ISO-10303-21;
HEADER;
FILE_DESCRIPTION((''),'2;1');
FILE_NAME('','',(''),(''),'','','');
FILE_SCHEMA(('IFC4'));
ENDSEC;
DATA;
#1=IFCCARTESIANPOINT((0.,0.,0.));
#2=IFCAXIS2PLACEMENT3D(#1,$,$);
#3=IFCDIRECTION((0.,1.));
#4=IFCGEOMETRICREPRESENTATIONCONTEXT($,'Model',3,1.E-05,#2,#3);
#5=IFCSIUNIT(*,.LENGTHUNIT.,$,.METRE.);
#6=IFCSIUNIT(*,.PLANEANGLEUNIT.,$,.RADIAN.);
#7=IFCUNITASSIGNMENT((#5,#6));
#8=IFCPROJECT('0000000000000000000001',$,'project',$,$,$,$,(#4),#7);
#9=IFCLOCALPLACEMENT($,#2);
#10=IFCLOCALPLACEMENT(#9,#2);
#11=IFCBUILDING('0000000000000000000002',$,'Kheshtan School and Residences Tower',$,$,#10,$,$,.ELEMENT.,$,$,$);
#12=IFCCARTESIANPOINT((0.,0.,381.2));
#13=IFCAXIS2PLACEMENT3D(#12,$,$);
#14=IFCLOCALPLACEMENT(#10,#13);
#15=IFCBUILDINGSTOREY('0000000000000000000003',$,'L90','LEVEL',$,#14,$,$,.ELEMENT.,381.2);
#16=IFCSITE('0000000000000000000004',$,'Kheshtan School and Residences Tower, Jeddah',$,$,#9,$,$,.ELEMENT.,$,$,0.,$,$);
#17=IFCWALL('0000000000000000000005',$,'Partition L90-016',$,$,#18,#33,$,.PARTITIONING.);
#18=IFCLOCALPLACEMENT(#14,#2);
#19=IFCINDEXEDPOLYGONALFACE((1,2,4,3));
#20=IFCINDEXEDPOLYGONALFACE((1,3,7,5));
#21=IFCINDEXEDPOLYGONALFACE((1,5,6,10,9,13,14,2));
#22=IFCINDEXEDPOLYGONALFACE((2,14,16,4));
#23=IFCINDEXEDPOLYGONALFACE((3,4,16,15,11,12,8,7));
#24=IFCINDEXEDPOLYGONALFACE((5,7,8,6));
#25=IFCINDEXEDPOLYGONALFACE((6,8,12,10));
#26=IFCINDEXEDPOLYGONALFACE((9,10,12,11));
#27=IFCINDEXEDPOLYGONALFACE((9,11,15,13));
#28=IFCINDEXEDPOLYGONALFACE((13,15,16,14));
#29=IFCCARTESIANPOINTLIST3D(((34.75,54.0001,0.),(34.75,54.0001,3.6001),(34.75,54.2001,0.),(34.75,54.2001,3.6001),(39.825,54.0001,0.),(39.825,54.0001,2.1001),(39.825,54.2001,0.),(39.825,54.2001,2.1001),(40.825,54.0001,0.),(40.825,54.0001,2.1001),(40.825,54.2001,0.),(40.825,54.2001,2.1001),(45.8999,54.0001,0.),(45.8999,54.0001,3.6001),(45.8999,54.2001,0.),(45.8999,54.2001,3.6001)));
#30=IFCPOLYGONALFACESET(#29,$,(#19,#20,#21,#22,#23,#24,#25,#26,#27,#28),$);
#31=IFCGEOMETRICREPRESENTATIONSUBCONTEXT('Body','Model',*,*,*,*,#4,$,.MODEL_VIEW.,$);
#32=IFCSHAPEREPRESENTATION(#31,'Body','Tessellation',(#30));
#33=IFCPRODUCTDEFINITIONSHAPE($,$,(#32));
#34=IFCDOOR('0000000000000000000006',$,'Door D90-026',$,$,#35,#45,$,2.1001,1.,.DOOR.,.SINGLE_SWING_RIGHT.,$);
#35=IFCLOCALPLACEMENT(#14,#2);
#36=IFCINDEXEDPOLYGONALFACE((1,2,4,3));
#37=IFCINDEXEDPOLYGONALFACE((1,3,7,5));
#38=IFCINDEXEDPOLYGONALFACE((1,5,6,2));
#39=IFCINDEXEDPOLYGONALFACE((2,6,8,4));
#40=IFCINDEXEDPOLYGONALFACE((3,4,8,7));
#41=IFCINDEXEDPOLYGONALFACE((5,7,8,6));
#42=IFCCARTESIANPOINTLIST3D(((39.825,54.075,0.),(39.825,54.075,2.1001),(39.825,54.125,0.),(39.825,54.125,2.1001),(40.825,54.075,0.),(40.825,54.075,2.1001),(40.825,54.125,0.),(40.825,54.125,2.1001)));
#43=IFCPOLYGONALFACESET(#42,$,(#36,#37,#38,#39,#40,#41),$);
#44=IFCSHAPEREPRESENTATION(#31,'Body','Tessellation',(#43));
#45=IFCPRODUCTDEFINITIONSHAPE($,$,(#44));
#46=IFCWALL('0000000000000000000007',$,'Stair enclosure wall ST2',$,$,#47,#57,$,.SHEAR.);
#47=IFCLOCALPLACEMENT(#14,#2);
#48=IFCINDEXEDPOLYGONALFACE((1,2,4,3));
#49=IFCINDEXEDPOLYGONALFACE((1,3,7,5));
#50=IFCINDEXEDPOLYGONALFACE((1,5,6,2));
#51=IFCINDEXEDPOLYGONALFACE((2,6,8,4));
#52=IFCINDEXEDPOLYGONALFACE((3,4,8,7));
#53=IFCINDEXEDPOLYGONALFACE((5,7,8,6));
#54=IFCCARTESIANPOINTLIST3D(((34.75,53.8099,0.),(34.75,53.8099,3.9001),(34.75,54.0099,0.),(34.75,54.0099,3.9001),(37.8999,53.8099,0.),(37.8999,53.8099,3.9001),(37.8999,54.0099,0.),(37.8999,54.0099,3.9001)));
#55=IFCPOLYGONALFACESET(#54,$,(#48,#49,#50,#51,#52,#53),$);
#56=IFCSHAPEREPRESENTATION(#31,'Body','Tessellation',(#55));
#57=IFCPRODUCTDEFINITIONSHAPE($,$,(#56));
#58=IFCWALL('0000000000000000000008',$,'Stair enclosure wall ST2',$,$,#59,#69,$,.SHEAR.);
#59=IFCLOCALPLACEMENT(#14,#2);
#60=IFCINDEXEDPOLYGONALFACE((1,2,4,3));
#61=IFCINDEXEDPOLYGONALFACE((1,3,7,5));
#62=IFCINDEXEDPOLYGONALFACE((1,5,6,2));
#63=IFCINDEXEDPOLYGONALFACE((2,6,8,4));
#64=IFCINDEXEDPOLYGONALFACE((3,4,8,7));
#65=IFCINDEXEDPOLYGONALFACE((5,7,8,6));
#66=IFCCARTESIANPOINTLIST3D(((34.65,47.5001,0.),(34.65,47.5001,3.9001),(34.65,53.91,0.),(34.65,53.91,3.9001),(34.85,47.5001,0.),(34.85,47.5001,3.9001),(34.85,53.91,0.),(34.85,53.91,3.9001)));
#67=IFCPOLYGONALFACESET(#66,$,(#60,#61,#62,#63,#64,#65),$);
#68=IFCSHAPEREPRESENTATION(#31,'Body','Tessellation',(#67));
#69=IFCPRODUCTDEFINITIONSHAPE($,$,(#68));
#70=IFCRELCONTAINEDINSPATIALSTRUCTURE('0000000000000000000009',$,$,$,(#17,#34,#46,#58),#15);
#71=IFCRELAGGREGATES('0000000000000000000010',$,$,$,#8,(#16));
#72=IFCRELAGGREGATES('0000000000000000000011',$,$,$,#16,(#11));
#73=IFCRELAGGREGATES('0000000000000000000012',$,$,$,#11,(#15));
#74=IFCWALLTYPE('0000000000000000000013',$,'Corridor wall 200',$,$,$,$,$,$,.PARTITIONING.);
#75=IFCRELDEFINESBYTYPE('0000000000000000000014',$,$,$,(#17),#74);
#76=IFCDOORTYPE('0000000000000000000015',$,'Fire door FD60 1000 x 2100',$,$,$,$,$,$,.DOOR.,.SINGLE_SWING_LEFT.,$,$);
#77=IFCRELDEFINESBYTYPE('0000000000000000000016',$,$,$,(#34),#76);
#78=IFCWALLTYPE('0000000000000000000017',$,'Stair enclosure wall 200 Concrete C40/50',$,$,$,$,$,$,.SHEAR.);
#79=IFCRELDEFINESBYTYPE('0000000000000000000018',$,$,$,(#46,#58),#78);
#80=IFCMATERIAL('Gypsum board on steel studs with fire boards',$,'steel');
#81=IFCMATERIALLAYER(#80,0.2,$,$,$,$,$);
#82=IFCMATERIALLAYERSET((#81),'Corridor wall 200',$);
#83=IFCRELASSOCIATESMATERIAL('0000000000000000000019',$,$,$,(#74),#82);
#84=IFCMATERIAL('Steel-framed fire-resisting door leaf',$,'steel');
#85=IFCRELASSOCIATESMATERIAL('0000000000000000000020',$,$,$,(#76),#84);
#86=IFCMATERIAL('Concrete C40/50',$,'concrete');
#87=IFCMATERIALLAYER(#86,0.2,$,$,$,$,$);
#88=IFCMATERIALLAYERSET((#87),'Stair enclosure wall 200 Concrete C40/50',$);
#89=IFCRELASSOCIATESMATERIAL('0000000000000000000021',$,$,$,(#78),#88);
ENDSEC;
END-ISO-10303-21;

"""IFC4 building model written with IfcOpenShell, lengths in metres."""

from ifc_helpers import new_model, si_unit, direction, frame, frame_2d, origin, place, context, subcontext, project, spatial, rectangle, extrude, source, transform, mapped, material, layer, layer_set, type_object, element, fill, save


model = new_model("IFC4")

# Units and contexts
model_context = context("Model", 3, precision=1e-05, world=origin(), true_north=direction((0.0, 1.0)))
body_context = subcontext(model_context, "Body", "Model", "MODEL_VIEW")
ifc_project = project(units=[si_unit("LENGTHUNIT", "METRE"), si_unit("PLANEANGLEUNIT", "RADIAN")], contexts=[model_context])

# Site, building, storey
site_placement = place(None, origin())
site = spatial("IfcSite", under=ifc_project, at=site_placement, Name="Kheshtan School and Residences Tower, Jeddah", CompositionType="ELEMENT", RefElevation=0.0)
building_placement = place(site_placement, origin())
building = spatial("IfcBuilding", under=site, at=building_placement, Name="Kheshtan School and Residences Tower", CompositionType="ELEMENT")
storey_placement = place(building_placement, frame((0.0, 0.0, 381.2)))
storey = spatial("IfcBuildingStorey", under=building, at=storey_placement, Name="L90", Description="LEVEL", CompositionType="ELEMENT", Elevation=381.2)

# Wall, opening, door
ifc_material_1 = material(Name="Gypsum board on steel studs with fire boards", Category="steel")
ifc_layer_1 = layer(ifc_material_1, 0.2)
ifc_layer_set_1 = layer_set([ifc_layer_1], Name="Corridor wall 200")
wall_type_1 = type_object("IfcWallType", Name="Corridor wall 200", PredefinedType="PARTITIONING", material=ifc_layer_set_1)
wall_1_placement = place(storey_placement, frame((34.75, 54.1001, 0.0), z_axis=(0.0, 0.0, 1.0), x_axis=(1.0, 0.0, 0.0)))
wall_1 = element("IfcWall", 1, at=wall_1_placement, inside=storey, type_object=wall_type_1, Name="Partition L90-016", PredefinedType="PARTITIONING", context=body_context, shape_type="SweptSolid", body=[
    extrude(rectangle(XDim=11.1499, YDim=0.2, at=frame_2d((5.575, 0.0))), origin(), (0.0, 0.0, 1.0), 3.6001),
])
opening_1_placement = place(wall_1_placement, frame((5.075, 0.0, 0.0)))
opening_1 = element("IfcOpeningElement", 2, at=opening_1_placement, cuts=wall_1, PredefinedType="OPENING", context=body_context, shape_type="SweptSolid", body=[
    extrude(rectangle(XDim=1.0, YDim=2.1001, at=frame_2d((0.5, 1.05))), frame((0.0, 0.1099, 0.0), z_axis=(0.0, -1.0, 0.0), x_axis=(1.0, 0.0, 0.0)), (0.0, 0.0, 1.0), 0.22),
])
ifc_material_2 = material(Name="Steel-framed fire-resisting door leaf", Category="steel")
door_type_1 = type_object("IfcDoorType", Name="Fire door FD60 1000 x 2100", OperationType="SINGLE_SWING_LEFT", PredefinedType="DOOR", material=ifc_material_2)
shared_shape_1 = source(origin(), body_context, "Body", "SweptSolid", [
    extrude(rectangle(XDim=1.0, YDim=2.1001, at=frame_2d((0.5, 1.05))), frame((0.0, 0.0249, 0.0), z_axis=(0.0, -1.0, 0.0), x_axis=(1.0, 0.0, 0.0)), (0.0, 0.0, 1.0), 0.05),
])
door_1_placement = place(opening_1_placement, origin())
door_1 = element("IfcDoor", 3, at=door_1_placement, inside=storey, type_object=door_type_1, Name="Door D90-026", OperationType="SINGLE_SWING_RIGHT", OverallHeight=2.1001, OverallWidth=1.0, PredefinedType="DOOR", context=body_context, shape_type="MappedRepresentation", body=[
    mapped(shared_shape_1, transform((0.0, 0.0, 0.0), x_axis=(1.0, 0.0, 0.0), y_axis=(0.0, 1.0, 0.0), z_axis=(0.0, 0.0, 1.0), scale=1.0)),
])
fill(opening_1, door_1)

# Walls
ifc_material_3 = material(Name="Concrete C40/50", Category="concrete")
ifc_layer_2 = layer(ifc_material_3, 0.2)
ifc_layer_set_2 = layer_set([ifc_layer_2], Name="Stair enclosure wall 200 Concrete C40/50")
wall_type_2 = type_object("IfcWallType", Name="Stair enclosure wall 200 Concrete C40/50", PredefinedType="SHEAR", material=ifc_layer_set_2)
wall_2_placement = place(storey_placement, frame((34.75, 53.9099, 0.0), z_axis=(0.0, 0.0, 1.0), x_axis=(1.0, 0.0, 0.0)))
element("IfcWall", 4, at=wall_2_placement, inside=storey, type_object=wall_type_2, Name="Stair enclosure wall ST2", PredefinedType="SHEAR", context=body_context, shape_type="SweptSolid", body=[
    extrude(rectangle(XDim=3.1499, YDim=0.2, at=frame_2d((1.575, 0.0))), origin(), (0.0, 0.0, 1.0), 3.9001),
])
wall_3_placement = place(storey_placement, frame((34.75, 47.5, 0.0), z_axis=(0.0, 0.0, 1.0), x_axis=(0.0, 1.0, 0.0)))
element("IfcWall", 5, at=wall_3_placement, inside=storey, type_object=wall_type_2, Name="Stair enclosure wall ST2", PredefinedType="SHEAR", context=body_context, shape_type="SweptSolid", body=[
    extrude(rectangle(XDim=6.4099, YDim=0.2, at=frame_2d((3.2051, 0.0))), origin(), (0.0, 0.0, 1.0), 3.9001),
])

save(model, "model.ifc")
